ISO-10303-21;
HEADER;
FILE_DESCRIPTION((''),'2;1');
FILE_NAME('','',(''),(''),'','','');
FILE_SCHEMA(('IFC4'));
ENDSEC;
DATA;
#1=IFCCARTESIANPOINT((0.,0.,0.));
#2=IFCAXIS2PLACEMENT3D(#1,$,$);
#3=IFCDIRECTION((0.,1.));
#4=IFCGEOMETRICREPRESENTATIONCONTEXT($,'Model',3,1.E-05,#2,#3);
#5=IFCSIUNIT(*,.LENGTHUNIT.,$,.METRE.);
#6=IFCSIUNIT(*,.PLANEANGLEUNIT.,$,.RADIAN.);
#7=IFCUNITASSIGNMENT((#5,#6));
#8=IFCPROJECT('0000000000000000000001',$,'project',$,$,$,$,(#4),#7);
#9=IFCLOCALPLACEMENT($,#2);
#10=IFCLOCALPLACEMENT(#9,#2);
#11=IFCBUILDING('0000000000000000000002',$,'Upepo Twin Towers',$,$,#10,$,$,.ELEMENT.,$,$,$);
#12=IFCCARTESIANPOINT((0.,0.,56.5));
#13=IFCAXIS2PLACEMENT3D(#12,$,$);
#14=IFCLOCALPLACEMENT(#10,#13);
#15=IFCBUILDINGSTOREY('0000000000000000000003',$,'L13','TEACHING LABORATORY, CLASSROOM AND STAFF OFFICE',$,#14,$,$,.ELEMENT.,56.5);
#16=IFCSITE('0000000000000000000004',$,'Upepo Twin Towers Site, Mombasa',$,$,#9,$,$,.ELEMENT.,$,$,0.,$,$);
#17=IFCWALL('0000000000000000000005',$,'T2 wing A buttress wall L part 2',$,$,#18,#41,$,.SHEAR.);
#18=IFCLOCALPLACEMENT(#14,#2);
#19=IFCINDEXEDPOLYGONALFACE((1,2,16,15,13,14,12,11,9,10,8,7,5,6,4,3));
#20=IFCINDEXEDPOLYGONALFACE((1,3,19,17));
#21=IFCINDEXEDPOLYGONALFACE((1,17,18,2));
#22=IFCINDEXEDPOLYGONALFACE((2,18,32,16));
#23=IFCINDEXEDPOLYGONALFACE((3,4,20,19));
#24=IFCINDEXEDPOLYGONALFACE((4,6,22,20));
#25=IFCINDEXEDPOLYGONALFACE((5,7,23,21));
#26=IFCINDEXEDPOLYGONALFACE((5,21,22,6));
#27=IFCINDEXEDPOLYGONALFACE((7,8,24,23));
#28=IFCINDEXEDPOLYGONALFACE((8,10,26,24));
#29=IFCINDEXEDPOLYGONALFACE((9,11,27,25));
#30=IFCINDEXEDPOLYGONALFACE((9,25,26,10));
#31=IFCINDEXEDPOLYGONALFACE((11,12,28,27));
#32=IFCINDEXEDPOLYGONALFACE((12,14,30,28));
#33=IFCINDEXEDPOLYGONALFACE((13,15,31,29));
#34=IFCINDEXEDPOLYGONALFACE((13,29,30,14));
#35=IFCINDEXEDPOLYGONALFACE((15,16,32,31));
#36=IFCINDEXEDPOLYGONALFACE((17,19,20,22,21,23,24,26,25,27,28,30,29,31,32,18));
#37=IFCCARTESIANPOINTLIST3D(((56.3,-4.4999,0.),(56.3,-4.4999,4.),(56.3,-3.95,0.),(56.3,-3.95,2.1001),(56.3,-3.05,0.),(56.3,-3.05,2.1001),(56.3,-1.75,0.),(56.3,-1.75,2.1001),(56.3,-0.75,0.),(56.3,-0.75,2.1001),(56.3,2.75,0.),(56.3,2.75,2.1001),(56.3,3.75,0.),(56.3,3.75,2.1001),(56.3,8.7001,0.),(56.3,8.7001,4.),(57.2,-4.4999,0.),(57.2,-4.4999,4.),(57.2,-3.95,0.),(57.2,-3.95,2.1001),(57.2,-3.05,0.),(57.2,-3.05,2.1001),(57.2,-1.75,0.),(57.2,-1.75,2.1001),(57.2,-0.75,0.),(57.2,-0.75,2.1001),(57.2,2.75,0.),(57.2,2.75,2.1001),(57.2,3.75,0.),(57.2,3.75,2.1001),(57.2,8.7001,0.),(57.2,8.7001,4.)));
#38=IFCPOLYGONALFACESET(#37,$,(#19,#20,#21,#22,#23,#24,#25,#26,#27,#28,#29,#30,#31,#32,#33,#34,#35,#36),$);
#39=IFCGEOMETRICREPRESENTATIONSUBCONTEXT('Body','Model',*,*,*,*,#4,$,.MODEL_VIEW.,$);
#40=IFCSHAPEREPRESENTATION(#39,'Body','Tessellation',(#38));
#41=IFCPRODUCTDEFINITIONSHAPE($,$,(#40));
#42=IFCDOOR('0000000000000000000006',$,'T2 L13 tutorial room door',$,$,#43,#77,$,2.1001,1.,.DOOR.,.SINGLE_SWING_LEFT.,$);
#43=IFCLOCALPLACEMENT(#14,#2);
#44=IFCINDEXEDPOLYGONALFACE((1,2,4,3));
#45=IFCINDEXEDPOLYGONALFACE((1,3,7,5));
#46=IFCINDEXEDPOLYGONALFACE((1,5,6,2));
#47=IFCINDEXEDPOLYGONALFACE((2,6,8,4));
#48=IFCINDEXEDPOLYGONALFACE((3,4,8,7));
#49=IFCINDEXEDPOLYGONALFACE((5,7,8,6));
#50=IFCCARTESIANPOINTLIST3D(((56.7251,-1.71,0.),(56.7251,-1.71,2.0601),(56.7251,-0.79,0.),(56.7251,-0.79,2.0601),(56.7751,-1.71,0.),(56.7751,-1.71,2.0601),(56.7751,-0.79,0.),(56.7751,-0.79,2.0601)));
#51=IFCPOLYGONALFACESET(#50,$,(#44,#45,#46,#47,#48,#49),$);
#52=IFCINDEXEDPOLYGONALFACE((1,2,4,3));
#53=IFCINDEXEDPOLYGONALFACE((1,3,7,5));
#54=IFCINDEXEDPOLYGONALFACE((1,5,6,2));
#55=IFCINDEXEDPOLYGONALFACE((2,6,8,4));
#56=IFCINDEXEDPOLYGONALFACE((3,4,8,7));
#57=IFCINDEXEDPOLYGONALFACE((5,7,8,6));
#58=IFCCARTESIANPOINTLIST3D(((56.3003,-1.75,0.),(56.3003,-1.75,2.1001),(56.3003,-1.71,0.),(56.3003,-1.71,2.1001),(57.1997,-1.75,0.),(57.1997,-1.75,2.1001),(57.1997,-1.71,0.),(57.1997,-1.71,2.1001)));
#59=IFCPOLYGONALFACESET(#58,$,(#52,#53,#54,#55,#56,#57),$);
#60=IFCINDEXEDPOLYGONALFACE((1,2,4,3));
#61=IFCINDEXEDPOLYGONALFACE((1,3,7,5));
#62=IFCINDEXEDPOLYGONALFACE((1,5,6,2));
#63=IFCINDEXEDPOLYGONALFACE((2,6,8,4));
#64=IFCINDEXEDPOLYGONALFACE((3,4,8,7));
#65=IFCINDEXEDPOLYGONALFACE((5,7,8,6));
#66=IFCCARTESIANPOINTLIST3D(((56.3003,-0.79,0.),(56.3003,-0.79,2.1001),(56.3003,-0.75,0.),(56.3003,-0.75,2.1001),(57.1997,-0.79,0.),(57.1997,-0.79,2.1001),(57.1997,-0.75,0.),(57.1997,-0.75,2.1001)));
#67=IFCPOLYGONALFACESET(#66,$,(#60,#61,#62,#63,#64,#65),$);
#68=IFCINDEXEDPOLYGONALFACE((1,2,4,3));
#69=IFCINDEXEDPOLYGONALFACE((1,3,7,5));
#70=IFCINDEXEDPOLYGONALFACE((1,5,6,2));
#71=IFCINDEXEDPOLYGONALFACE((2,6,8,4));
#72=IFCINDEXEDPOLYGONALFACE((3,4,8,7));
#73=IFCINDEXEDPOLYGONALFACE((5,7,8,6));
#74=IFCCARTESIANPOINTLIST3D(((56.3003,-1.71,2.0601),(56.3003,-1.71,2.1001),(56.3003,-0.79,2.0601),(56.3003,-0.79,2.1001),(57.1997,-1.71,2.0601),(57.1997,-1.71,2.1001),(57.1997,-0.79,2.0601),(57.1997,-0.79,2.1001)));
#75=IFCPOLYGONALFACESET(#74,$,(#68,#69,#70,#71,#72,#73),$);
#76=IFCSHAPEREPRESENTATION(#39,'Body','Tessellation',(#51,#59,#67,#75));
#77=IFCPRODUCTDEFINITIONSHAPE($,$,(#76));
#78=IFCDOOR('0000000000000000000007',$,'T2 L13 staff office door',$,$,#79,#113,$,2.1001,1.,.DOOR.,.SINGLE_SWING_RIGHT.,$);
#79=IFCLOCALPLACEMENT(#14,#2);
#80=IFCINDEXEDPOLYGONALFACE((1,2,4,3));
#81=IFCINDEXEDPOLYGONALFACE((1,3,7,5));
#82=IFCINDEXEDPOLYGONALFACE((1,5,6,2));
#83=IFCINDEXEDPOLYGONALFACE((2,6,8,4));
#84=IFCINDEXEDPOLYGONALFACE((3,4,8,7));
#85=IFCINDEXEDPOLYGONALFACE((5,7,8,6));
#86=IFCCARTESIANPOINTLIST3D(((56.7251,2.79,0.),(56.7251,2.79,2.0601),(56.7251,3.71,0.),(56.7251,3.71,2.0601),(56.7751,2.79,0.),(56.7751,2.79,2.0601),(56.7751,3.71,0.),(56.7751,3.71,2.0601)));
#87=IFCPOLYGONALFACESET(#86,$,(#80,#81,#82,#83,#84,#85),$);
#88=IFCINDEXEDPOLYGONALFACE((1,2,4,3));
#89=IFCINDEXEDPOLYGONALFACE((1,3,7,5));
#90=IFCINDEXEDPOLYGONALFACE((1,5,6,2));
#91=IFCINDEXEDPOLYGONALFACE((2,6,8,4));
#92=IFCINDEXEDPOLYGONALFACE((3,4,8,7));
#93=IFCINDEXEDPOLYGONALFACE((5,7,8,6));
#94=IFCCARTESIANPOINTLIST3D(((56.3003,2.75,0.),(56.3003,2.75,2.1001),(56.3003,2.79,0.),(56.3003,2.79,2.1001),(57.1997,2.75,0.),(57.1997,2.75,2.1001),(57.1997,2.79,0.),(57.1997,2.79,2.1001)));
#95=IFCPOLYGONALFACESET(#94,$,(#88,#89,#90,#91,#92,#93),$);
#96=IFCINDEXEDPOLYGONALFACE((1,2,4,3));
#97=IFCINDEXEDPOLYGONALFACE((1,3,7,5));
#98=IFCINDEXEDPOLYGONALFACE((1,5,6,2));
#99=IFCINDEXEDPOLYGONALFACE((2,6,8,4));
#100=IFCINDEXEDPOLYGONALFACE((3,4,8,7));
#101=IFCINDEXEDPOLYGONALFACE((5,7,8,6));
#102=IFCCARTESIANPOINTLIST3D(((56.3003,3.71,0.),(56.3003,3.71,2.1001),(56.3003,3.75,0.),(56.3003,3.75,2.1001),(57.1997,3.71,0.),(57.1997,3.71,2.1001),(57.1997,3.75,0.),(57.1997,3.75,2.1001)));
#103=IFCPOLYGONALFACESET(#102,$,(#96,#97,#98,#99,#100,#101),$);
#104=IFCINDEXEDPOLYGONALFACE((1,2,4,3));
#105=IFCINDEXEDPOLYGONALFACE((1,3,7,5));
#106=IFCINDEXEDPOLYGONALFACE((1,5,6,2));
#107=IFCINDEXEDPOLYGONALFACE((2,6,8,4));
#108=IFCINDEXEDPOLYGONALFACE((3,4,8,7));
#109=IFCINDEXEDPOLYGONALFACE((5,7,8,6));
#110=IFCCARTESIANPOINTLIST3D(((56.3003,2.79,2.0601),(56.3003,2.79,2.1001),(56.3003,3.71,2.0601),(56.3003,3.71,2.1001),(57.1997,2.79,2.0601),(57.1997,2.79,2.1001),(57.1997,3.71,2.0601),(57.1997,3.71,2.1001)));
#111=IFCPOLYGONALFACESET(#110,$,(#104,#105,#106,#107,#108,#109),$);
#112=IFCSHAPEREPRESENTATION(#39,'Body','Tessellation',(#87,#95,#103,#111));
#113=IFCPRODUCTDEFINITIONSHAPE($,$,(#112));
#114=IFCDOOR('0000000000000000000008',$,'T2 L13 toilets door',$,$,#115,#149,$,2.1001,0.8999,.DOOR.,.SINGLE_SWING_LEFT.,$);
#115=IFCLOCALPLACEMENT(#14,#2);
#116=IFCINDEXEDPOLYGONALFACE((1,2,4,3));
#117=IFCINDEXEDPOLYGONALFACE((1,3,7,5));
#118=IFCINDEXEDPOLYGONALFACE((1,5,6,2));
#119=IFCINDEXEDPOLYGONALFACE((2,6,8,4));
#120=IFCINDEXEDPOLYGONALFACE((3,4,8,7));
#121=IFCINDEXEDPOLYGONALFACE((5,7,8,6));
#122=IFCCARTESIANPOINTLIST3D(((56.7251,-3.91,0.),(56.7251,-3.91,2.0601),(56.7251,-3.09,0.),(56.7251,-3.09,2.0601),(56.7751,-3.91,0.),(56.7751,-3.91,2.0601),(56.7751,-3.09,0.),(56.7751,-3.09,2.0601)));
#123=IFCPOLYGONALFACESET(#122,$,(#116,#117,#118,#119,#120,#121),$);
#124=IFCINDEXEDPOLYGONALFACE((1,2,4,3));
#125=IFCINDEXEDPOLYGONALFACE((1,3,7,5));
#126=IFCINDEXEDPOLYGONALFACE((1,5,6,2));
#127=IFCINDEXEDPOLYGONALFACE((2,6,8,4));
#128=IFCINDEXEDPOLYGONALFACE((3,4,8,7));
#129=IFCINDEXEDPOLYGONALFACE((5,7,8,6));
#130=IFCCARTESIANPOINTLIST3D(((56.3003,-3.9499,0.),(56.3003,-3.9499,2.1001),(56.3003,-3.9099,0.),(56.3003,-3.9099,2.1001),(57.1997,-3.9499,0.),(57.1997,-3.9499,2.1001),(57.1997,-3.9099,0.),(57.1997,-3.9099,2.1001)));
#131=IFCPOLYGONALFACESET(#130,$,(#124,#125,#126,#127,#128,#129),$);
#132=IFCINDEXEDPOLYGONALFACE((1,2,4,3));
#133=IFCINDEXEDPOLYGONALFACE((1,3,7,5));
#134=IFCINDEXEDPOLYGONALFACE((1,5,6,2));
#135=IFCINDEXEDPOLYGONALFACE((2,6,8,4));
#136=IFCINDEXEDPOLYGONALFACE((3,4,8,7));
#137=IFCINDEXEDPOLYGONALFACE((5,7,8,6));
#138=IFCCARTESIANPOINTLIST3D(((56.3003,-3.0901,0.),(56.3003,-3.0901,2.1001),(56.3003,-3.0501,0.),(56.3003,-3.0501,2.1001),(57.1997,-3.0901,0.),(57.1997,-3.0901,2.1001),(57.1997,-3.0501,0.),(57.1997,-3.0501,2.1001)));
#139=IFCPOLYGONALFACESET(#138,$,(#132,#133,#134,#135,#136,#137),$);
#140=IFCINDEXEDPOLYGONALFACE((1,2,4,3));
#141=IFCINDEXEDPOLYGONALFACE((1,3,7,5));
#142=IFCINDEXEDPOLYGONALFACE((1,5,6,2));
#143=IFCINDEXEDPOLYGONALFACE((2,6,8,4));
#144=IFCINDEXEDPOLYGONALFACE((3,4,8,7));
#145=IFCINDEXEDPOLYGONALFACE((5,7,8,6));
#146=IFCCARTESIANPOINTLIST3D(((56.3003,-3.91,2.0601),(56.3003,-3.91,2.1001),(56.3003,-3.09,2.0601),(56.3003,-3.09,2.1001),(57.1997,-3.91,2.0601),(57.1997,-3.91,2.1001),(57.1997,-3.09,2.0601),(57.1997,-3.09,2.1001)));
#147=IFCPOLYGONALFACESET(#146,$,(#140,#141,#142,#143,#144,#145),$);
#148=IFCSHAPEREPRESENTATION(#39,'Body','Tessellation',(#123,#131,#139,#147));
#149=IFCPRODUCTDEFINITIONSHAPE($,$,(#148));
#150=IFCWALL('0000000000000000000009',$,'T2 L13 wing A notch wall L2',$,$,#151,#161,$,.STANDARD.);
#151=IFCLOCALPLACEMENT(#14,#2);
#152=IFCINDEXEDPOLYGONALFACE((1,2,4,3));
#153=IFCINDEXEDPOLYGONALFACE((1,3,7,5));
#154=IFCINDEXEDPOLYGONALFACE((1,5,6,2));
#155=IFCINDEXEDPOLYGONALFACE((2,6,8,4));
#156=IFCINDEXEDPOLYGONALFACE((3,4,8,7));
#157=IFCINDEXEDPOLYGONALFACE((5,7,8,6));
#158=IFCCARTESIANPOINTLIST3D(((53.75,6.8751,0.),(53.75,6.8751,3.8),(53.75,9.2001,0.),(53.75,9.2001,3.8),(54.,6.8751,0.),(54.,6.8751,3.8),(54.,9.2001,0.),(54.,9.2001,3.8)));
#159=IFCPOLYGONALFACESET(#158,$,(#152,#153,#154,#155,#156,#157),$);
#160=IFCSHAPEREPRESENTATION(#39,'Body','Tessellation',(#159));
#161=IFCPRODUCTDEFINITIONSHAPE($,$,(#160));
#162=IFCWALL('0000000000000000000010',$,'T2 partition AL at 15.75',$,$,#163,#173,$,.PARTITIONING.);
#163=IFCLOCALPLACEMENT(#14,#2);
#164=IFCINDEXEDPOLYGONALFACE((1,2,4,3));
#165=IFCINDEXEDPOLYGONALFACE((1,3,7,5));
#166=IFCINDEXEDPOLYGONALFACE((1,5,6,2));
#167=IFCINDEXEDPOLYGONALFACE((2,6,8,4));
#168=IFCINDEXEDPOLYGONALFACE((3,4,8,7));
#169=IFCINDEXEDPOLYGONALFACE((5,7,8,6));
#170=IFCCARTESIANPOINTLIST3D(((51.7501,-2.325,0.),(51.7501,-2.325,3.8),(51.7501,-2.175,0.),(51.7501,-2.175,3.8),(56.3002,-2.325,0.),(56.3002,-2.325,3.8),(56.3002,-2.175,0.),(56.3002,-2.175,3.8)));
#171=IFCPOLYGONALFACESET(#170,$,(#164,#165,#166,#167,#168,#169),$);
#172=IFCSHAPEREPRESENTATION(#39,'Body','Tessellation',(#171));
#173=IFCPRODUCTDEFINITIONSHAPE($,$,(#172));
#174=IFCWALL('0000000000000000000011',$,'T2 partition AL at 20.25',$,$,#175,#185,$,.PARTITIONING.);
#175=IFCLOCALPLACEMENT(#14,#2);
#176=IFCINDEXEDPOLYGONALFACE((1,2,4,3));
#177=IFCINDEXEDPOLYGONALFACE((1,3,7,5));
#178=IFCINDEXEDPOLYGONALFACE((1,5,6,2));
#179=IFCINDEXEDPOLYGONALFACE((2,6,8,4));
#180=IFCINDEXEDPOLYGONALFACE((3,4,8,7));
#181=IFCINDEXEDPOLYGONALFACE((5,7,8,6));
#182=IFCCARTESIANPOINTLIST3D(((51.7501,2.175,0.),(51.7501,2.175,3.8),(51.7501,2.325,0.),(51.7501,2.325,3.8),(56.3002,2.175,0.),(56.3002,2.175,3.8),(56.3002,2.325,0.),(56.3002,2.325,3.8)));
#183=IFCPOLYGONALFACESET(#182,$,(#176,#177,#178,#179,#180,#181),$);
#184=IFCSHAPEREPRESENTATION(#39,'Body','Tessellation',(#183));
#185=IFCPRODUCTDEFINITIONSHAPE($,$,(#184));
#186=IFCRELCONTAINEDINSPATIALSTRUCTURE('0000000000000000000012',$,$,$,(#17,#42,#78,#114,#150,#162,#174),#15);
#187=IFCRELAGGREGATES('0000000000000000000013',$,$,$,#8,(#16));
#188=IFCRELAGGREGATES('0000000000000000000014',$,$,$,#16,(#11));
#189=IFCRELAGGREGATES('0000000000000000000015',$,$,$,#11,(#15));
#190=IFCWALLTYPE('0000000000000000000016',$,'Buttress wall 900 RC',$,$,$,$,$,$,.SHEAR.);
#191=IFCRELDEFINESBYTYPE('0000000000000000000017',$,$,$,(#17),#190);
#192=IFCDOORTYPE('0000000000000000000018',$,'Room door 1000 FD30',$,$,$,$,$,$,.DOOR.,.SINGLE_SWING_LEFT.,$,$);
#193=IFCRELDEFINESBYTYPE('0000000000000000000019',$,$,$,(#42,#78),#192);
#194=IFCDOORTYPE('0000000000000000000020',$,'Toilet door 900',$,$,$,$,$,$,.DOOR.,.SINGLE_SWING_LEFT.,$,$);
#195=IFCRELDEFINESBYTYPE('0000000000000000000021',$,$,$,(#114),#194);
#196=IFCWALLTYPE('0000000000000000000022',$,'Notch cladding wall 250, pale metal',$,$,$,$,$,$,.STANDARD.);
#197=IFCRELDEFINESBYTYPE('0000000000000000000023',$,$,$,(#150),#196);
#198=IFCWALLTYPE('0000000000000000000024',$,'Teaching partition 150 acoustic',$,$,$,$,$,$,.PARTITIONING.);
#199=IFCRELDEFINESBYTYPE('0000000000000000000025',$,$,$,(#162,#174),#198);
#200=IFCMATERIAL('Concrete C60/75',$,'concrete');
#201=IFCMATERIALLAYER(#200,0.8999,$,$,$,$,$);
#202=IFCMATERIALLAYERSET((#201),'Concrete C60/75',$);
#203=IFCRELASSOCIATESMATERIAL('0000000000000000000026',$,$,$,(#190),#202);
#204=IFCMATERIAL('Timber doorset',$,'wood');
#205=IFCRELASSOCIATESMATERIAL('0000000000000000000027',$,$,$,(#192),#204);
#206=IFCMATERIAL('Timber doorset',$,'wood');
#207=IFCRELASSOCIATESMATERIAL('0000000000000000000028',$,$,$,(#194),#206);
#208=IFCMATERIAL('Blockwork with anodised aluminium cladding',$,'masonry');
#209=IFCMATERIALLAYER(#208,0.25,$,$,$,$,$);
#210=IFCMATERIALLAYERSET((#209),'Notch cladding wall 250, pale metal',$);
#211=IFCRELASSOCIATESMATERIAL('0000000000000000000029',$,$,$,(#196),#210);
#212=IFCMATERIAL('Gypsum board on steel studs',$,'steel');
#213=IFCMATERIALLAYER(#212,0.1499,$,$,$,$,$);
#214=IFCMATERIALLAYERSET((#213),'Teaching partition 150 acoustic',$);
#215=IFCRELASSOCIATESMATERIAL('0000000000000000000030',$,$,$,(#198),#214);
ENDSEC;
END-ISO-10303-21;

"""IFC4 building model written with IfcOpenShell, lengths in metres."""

from ifc_helpers import new_model, si_unit, direction, frame, frame_2d, origin, place, context, subcontext, project, spatial, rectangle, extrude, material, layer, layer_set, type_object, element, fill, save


model = new_model("IFC4")

# Units and contexts
model_context = context("Model", 3, precision=1e-05, world=origin(), true_north=direction((0.0, 1.0)))
body_context = subcontext(model_context, "Body", "Model", "MODEL_VIEW")
ifc_project = project(units=[si_unit("LENGTHUNIT", "METRE"), si_unit("PLANEANGLEUNIT", "RADIAN")], contexts=[model_context])

# Site, building, storey
site_placement = place(None, origin())
site = spatial("IfcSite", under=ifc_project, at=site_placement, Name="Upepo Twin Towers Site, Mombasa", CompositionType="ELEMENT", RefElevation=0.0)
building_placement = place(site_placement, origin())
building = spatial("IfcBuilding", under=site, at=building_placement, Name="Upepo Twin Towers", CompositionType="ELEMENT")
storey_placement = place(building_placement, frame((0.0, 0.0, 56.5)))
storey = spatial("IfcBuildingStorey", under=building, at=storey_placement, Name="L13", Description="TEACHING LABORATORY, CLASSROOM AND STAFF OFFICE", CompositionType="ELEMENT", Elevation=56.5)

# Wall, openings, doors
ifc_material_1 = material(Name="Concrete C60/75", Category="concrete")
ifc_layer_1 = layer(ifc_material_1, 0.8999)
ifc_layer_set_1 = layer_set([ifc_layer_1], Name="Concrete C60/75")
wall_type_1 = type_object("IfcWallType", Name="Buttress wall 900 RC", PredefinedType="SHEAR", material=ifc_layer_set_1)
wall_1_placement = place(storey_placement, frame((56.75, -4.5, 0.0), z_axis=(0.0, 0.0, 1.0), x_axis=(0.0, 1.0, 0.0)))
wall_1 = element("IfcWall", 1, at=wall_1_placement, inside=storey, type_object=wall_type_1, Name="T2 wing A buttress wall L part 2", PredefinedType="SHEAR", context=body_context, shape_type="SweptSolid", body=[
    extrude(rectangle(XDim=13.2, YDim=0.8999, at=frame_2d((6.6001, 0.0))), origin(), (0.0, 0.0, 1.0), 4.0),
])
opening_1_placement = place(wall_1_placement, frame((0.55, 0.0, 0.0)))
opening_1 = element("IfcOpeningElement", 2, at=opening_1_placement, cuts=wall_1, PredefinedType="OPENING", context=body_context, shape_type="SweptSolid", body=[
    extrude(rectangle(XDim=0.8999, YDim=2.1001, at=frame_2d((0.45, 1.05))), frame((0.0, 0.46, 0.0), z_axis=(0.0, -1.0, 0.0), x_axis=(1.0, 0.0, 0.0)), (0.0, 0.0, 1.0), 0.9199),
])
opening_2_placement = place(wall_1_placement, frame((2.75, 0.0, 0.0)))
opening_2 = element("IfcOpeningElement", 3, at=opening_2_placement, cuts=wall_1, PredefinedType="OPENING", context=body_context, shape_type="SweptSolid", body=[
    extrude(rectangle(XDim=1.0, YDim=2.1001, at=frame_2d((0.5, 1.05))), frame((0.0, 0.46, 0.0), z_axis=(0.0, -1.0, 0.0), x_axis=(1.0, 0.0, 0.0)), (0.0, 0.0, 1.0), 0.9199),
])
opening_3_placement = place(wall_1_placement, frame((7.25, 0.0, 0.0)))
opening_3 = element("IfcOpeningElement", 4, at=opening_3_placement, cuts=wall_1, PredefinedType="OPENING", context=body_context, shape_type="SweptSolid", body=[
    extrude(rectangle(XDim=1.0, YDim=2.1001, at=frame_2d((0.5, 1.05))), frame((0.0, 0.46, 0.0), z_axis=(0.0, -1.0, 0.0), x_axis=(1.0, 0.0, 0.0)), (0.0, 0.0, 1.0), 0.9199),
])
ifc_material_2 = material(Name="Timber doorset", Category="wood")
door_type_1 = type_object("IfcDoorType", Name="Room door 1000 FD30", OperationType="SINGLE_SWING_LEFT", PredefinedType="DOOR", material=ifc_material_2)
door_1_placement = place(opening_2_placement, origin())
door_1 = element("IfcDoor", 5, at=door_1_placement, inside=storey, type_object=door_type_1, Name="T2 L13 tutorial room door", OperationType="SINGLE_SWING_LEFT", OverallHeight=2.1001, OverallWidth=1.0, PredefinedType="DOOR", context=body_context, shape_type="SweptSolid", body=[
    extrude(rectangle(XDim=0.92, YDim=2.0601, at=frame_2d((0.5, 1.03))), frame((0.0, 0.0249, 0.0), z_axis=(0.0, -1.0, 0.0), x_axis=(1.0, 0.0, 0.0)), (0.0, 0.0, 1.0), 0.05),
    extrude(rectangle(XDim=0.04, YDim=2.1001, at=frame_2d((0.02, 1.05))), frame((0.0, 0.4497, 0.0), z_axis=(0.0, -1.0, 0.0), x_axis=(1.0, 0.0, 0.0)), (0.0, 0.0, 1.0), 0.8994),
    extrude(rectangle(XDim=0.04, YDim=2.1001, at=frame_2d((0.98, 1.05))), frame((0.0, 0.4497, 0.0), z_axis=(0.0, -1.0, 0.0), x_axis=(1.0, 0.0, 0.0)), (0.0, 0.0, 1.0), 0.8994),
    extrude(rectangle(XDim=0.92, YDim=0.04, at=frame_2d((0.5, 2.0801))), frame((0.0, 0.4497, 0.0), z_axis=(0.0, -1.0, 0.0), x_axis=(1.0, 0.0, 0.0)), (0.0, 0.0, 1.0), 0.8994),
])
fill(opening_2, door_1)
door_2_placement = place(opening_3_placement, origin())
door_2 = element("IfcDoor", 6, at=door_2_placement, inside=storey, type_object=door_type_1, Name="T2 L13 staff office door", OperationType="SINGLE_SWING_RIGHT", OverallHeight=2.1001, OverallWidth=1.0, PredefinedType="DOOR", context=body_context, shape_type="SweptSolid", body=[
    extrude(rectangle(XDim=0.92, YDim=2.0601, at=frame_2d((0.5, 1.03))), frame((0.0, 0.0249, 0.0), z_axis=(0.0, -1.0, 0.0), x_axis=(1.0, 0.0, 0.0)), (0.0, 0.0, 1.0), 0.05),
    extrude(rectangle(XDim=0.04, YDim=2.1001, at=frame_2d((0.02, 1.05))), frame((0.0, 0.4497, 0.0), z_axis=(0.0, -1.0, 0.0), x_axis=(1.0, 0.0, 0.0)), (0.0, 0.0, 1.0), 0.8994),
    extrude(rectangle(XDim=0.04, YDim=2.1001, at=frame_2d((0.98, 1.05))), frame((0.0, 0.4497, 0.0), z_axis=(0.0, -1.0, 0.0), x_axis=(1.0, 0.0, 0.0)), (0.0, 0.0, 1.0), 0.8994),
    extrude(rectangle(XDim=0.92, YDim=0.04, at=frame_2d((0.5, 2.0801))), frame((0.0, 0.4497, 0.0), z_axis=(0.0, -1.0, 0.0), x_axis=(1.0, 0.0, 0.0)), (0.0, 0.0, 1.0), 0.8994),
])
fill(opening_3, door_2)
ifc_material_3 = material(Name="Timber doorset", Category="wood")
door_type_2 = type_object("IfcDoorType", Name="Toilet door 900", OperationType="SINGLE_SWING_LEFT", PredefinedType="DOOR", material=ifc_material_3)
door_3_placement = place(opening_1_placement, origin())
door_3 = element("IfcDoor", 7, at=door_3_placement, inside=storey, type_object=door_type_2, Name="T2 L13 toilets door", OperationType="SINGLE_SWING_LEFT", OverallHeight=2.1001, OverallWidth=0.8999, PredefinedType="DOOR", context=body_context, shape_type="SweptSolid", body=[
    extrude(rectangle(XDim=0.8199, YDim=2.0601, at=frame_2d((0.45, 1.03))), frame((0.0, 0.0249, 0.0), z_axis=(0.0, -1.0, 0.0), x_axis=(1.0, 0.0, 0.0)), (0.0, 0.0, 1.0), 0.05),
    extrude(rectangle(XDim=0.04, YDim=2.1001, at=frame_2d((0.02, 1.05))), frame((0.0, 0.4497, 0.0), z_axis=(0.0, -1.0, 0.0), x_axis=(1.0, 0.0, 0.0)), (0.0, 0.0, 1.0), 0.8994),
    extrude(rectangle(XDim=0.04, YDim=2.1001, at=frame_2d((0.8799, 1.05))), frame((0.0, 0.4497, 0.0), z_axis=(0.0, -1.0, 0.0), x_axis=(1.0, 0.0, 0.0)), (0.0, 0.0, 1.0), 0.8994),
    extrude(rectangle(XDim=0.8199, YDim=0.04, at=frame_2d((0.45, 2.0801))), frame((0.0, 0.4497, 0.0), z_axis=(0.0, -1.0, 0.0), x_axis=(1.0, 0.0, 0.0)), (0.0, 0.0, 1.0), 0.8994),
])
fill(opening_1, door_3)

# Walls
ifc_material_4 = material(Name="Blockwork with anodised aluminium cladding", Category="masonry")
ifc_layer_2 = layer(ifc_material_4, 0.25)
ifc_layer_set_2 = layer_set([ifc_layer_2], Name="Notch cladding wall 250, pale metal")
wall_type_2 = type_object("IfcWallType", Name="Notch cladding wall 250, pale metal", PredefinedType="STANDARD", material=ifc_layer_set_2)
wall_2_placement = place(storey_placement, frame((53.875, 6.875, 0.0), z_axis=(0.0, 0.0, 1.0), x_axis=(0.0, 1.0, 0.0)))
element("IfcWall", 8, at=wall_2_placement, inside=storey, type_object=wall_type_2, Name="T2 L13 wing A notch wall L2", PredefinedType="STANDARD", context=body_context, shape_type="SweptSolid", body=[
    extrude(rectangle(XDim=2.325, YDim=0.25, at=frame_2d((1.1626, 0.0))), origin(), (0.0, 0.0, 1.0), 3.8),
])
ifc_material_5 = material(Name="Gypsum board on steel studs", Category="steel")
ifc_layer_3 = layer(ifc_material_5, 0.1499)
ifc_layer_set_3 = layer_set([ifc_layer_3], Name="Teaching partition 150 acoustic")
wall_type_3 = type_object("IfcWallType", Name="Teaching partition 150 acoustic", PredefinedType="PARTITIONING", material=ifc_layer_set_3)
for number, where, z_axis, x_axis, name in (
    (9, (56.3, -2.25, 0.0), (0.0, 0.0, 1.0), (-1.0, 0.0, 0.0), "T2 partition AL at 15.75"),
    (10, (56.3, 2.25, 0.0), (0.0, 0.0, 1.0), (-1.0, 0.0, 0.0), "T2 partition AL at 20.25"),
):
    element("IfcWall", number, at=place(storey_placement, frame(where, z_axis=z_axis, x_axis=x_axis)), inside=storey, type_object=wall_type_3, Name=name, PredefinedType="PARTITIONING", context=body_context, shape_type="SweptSolid", body=[
        extrude(rectangle(XDim=4.55, YDim=0.1499, at=frame_2d((2.2749, 0.0))), origin(), (0.0, 0.0, 1.0), 3.8),
    ])

save(model, "model.ifc")
